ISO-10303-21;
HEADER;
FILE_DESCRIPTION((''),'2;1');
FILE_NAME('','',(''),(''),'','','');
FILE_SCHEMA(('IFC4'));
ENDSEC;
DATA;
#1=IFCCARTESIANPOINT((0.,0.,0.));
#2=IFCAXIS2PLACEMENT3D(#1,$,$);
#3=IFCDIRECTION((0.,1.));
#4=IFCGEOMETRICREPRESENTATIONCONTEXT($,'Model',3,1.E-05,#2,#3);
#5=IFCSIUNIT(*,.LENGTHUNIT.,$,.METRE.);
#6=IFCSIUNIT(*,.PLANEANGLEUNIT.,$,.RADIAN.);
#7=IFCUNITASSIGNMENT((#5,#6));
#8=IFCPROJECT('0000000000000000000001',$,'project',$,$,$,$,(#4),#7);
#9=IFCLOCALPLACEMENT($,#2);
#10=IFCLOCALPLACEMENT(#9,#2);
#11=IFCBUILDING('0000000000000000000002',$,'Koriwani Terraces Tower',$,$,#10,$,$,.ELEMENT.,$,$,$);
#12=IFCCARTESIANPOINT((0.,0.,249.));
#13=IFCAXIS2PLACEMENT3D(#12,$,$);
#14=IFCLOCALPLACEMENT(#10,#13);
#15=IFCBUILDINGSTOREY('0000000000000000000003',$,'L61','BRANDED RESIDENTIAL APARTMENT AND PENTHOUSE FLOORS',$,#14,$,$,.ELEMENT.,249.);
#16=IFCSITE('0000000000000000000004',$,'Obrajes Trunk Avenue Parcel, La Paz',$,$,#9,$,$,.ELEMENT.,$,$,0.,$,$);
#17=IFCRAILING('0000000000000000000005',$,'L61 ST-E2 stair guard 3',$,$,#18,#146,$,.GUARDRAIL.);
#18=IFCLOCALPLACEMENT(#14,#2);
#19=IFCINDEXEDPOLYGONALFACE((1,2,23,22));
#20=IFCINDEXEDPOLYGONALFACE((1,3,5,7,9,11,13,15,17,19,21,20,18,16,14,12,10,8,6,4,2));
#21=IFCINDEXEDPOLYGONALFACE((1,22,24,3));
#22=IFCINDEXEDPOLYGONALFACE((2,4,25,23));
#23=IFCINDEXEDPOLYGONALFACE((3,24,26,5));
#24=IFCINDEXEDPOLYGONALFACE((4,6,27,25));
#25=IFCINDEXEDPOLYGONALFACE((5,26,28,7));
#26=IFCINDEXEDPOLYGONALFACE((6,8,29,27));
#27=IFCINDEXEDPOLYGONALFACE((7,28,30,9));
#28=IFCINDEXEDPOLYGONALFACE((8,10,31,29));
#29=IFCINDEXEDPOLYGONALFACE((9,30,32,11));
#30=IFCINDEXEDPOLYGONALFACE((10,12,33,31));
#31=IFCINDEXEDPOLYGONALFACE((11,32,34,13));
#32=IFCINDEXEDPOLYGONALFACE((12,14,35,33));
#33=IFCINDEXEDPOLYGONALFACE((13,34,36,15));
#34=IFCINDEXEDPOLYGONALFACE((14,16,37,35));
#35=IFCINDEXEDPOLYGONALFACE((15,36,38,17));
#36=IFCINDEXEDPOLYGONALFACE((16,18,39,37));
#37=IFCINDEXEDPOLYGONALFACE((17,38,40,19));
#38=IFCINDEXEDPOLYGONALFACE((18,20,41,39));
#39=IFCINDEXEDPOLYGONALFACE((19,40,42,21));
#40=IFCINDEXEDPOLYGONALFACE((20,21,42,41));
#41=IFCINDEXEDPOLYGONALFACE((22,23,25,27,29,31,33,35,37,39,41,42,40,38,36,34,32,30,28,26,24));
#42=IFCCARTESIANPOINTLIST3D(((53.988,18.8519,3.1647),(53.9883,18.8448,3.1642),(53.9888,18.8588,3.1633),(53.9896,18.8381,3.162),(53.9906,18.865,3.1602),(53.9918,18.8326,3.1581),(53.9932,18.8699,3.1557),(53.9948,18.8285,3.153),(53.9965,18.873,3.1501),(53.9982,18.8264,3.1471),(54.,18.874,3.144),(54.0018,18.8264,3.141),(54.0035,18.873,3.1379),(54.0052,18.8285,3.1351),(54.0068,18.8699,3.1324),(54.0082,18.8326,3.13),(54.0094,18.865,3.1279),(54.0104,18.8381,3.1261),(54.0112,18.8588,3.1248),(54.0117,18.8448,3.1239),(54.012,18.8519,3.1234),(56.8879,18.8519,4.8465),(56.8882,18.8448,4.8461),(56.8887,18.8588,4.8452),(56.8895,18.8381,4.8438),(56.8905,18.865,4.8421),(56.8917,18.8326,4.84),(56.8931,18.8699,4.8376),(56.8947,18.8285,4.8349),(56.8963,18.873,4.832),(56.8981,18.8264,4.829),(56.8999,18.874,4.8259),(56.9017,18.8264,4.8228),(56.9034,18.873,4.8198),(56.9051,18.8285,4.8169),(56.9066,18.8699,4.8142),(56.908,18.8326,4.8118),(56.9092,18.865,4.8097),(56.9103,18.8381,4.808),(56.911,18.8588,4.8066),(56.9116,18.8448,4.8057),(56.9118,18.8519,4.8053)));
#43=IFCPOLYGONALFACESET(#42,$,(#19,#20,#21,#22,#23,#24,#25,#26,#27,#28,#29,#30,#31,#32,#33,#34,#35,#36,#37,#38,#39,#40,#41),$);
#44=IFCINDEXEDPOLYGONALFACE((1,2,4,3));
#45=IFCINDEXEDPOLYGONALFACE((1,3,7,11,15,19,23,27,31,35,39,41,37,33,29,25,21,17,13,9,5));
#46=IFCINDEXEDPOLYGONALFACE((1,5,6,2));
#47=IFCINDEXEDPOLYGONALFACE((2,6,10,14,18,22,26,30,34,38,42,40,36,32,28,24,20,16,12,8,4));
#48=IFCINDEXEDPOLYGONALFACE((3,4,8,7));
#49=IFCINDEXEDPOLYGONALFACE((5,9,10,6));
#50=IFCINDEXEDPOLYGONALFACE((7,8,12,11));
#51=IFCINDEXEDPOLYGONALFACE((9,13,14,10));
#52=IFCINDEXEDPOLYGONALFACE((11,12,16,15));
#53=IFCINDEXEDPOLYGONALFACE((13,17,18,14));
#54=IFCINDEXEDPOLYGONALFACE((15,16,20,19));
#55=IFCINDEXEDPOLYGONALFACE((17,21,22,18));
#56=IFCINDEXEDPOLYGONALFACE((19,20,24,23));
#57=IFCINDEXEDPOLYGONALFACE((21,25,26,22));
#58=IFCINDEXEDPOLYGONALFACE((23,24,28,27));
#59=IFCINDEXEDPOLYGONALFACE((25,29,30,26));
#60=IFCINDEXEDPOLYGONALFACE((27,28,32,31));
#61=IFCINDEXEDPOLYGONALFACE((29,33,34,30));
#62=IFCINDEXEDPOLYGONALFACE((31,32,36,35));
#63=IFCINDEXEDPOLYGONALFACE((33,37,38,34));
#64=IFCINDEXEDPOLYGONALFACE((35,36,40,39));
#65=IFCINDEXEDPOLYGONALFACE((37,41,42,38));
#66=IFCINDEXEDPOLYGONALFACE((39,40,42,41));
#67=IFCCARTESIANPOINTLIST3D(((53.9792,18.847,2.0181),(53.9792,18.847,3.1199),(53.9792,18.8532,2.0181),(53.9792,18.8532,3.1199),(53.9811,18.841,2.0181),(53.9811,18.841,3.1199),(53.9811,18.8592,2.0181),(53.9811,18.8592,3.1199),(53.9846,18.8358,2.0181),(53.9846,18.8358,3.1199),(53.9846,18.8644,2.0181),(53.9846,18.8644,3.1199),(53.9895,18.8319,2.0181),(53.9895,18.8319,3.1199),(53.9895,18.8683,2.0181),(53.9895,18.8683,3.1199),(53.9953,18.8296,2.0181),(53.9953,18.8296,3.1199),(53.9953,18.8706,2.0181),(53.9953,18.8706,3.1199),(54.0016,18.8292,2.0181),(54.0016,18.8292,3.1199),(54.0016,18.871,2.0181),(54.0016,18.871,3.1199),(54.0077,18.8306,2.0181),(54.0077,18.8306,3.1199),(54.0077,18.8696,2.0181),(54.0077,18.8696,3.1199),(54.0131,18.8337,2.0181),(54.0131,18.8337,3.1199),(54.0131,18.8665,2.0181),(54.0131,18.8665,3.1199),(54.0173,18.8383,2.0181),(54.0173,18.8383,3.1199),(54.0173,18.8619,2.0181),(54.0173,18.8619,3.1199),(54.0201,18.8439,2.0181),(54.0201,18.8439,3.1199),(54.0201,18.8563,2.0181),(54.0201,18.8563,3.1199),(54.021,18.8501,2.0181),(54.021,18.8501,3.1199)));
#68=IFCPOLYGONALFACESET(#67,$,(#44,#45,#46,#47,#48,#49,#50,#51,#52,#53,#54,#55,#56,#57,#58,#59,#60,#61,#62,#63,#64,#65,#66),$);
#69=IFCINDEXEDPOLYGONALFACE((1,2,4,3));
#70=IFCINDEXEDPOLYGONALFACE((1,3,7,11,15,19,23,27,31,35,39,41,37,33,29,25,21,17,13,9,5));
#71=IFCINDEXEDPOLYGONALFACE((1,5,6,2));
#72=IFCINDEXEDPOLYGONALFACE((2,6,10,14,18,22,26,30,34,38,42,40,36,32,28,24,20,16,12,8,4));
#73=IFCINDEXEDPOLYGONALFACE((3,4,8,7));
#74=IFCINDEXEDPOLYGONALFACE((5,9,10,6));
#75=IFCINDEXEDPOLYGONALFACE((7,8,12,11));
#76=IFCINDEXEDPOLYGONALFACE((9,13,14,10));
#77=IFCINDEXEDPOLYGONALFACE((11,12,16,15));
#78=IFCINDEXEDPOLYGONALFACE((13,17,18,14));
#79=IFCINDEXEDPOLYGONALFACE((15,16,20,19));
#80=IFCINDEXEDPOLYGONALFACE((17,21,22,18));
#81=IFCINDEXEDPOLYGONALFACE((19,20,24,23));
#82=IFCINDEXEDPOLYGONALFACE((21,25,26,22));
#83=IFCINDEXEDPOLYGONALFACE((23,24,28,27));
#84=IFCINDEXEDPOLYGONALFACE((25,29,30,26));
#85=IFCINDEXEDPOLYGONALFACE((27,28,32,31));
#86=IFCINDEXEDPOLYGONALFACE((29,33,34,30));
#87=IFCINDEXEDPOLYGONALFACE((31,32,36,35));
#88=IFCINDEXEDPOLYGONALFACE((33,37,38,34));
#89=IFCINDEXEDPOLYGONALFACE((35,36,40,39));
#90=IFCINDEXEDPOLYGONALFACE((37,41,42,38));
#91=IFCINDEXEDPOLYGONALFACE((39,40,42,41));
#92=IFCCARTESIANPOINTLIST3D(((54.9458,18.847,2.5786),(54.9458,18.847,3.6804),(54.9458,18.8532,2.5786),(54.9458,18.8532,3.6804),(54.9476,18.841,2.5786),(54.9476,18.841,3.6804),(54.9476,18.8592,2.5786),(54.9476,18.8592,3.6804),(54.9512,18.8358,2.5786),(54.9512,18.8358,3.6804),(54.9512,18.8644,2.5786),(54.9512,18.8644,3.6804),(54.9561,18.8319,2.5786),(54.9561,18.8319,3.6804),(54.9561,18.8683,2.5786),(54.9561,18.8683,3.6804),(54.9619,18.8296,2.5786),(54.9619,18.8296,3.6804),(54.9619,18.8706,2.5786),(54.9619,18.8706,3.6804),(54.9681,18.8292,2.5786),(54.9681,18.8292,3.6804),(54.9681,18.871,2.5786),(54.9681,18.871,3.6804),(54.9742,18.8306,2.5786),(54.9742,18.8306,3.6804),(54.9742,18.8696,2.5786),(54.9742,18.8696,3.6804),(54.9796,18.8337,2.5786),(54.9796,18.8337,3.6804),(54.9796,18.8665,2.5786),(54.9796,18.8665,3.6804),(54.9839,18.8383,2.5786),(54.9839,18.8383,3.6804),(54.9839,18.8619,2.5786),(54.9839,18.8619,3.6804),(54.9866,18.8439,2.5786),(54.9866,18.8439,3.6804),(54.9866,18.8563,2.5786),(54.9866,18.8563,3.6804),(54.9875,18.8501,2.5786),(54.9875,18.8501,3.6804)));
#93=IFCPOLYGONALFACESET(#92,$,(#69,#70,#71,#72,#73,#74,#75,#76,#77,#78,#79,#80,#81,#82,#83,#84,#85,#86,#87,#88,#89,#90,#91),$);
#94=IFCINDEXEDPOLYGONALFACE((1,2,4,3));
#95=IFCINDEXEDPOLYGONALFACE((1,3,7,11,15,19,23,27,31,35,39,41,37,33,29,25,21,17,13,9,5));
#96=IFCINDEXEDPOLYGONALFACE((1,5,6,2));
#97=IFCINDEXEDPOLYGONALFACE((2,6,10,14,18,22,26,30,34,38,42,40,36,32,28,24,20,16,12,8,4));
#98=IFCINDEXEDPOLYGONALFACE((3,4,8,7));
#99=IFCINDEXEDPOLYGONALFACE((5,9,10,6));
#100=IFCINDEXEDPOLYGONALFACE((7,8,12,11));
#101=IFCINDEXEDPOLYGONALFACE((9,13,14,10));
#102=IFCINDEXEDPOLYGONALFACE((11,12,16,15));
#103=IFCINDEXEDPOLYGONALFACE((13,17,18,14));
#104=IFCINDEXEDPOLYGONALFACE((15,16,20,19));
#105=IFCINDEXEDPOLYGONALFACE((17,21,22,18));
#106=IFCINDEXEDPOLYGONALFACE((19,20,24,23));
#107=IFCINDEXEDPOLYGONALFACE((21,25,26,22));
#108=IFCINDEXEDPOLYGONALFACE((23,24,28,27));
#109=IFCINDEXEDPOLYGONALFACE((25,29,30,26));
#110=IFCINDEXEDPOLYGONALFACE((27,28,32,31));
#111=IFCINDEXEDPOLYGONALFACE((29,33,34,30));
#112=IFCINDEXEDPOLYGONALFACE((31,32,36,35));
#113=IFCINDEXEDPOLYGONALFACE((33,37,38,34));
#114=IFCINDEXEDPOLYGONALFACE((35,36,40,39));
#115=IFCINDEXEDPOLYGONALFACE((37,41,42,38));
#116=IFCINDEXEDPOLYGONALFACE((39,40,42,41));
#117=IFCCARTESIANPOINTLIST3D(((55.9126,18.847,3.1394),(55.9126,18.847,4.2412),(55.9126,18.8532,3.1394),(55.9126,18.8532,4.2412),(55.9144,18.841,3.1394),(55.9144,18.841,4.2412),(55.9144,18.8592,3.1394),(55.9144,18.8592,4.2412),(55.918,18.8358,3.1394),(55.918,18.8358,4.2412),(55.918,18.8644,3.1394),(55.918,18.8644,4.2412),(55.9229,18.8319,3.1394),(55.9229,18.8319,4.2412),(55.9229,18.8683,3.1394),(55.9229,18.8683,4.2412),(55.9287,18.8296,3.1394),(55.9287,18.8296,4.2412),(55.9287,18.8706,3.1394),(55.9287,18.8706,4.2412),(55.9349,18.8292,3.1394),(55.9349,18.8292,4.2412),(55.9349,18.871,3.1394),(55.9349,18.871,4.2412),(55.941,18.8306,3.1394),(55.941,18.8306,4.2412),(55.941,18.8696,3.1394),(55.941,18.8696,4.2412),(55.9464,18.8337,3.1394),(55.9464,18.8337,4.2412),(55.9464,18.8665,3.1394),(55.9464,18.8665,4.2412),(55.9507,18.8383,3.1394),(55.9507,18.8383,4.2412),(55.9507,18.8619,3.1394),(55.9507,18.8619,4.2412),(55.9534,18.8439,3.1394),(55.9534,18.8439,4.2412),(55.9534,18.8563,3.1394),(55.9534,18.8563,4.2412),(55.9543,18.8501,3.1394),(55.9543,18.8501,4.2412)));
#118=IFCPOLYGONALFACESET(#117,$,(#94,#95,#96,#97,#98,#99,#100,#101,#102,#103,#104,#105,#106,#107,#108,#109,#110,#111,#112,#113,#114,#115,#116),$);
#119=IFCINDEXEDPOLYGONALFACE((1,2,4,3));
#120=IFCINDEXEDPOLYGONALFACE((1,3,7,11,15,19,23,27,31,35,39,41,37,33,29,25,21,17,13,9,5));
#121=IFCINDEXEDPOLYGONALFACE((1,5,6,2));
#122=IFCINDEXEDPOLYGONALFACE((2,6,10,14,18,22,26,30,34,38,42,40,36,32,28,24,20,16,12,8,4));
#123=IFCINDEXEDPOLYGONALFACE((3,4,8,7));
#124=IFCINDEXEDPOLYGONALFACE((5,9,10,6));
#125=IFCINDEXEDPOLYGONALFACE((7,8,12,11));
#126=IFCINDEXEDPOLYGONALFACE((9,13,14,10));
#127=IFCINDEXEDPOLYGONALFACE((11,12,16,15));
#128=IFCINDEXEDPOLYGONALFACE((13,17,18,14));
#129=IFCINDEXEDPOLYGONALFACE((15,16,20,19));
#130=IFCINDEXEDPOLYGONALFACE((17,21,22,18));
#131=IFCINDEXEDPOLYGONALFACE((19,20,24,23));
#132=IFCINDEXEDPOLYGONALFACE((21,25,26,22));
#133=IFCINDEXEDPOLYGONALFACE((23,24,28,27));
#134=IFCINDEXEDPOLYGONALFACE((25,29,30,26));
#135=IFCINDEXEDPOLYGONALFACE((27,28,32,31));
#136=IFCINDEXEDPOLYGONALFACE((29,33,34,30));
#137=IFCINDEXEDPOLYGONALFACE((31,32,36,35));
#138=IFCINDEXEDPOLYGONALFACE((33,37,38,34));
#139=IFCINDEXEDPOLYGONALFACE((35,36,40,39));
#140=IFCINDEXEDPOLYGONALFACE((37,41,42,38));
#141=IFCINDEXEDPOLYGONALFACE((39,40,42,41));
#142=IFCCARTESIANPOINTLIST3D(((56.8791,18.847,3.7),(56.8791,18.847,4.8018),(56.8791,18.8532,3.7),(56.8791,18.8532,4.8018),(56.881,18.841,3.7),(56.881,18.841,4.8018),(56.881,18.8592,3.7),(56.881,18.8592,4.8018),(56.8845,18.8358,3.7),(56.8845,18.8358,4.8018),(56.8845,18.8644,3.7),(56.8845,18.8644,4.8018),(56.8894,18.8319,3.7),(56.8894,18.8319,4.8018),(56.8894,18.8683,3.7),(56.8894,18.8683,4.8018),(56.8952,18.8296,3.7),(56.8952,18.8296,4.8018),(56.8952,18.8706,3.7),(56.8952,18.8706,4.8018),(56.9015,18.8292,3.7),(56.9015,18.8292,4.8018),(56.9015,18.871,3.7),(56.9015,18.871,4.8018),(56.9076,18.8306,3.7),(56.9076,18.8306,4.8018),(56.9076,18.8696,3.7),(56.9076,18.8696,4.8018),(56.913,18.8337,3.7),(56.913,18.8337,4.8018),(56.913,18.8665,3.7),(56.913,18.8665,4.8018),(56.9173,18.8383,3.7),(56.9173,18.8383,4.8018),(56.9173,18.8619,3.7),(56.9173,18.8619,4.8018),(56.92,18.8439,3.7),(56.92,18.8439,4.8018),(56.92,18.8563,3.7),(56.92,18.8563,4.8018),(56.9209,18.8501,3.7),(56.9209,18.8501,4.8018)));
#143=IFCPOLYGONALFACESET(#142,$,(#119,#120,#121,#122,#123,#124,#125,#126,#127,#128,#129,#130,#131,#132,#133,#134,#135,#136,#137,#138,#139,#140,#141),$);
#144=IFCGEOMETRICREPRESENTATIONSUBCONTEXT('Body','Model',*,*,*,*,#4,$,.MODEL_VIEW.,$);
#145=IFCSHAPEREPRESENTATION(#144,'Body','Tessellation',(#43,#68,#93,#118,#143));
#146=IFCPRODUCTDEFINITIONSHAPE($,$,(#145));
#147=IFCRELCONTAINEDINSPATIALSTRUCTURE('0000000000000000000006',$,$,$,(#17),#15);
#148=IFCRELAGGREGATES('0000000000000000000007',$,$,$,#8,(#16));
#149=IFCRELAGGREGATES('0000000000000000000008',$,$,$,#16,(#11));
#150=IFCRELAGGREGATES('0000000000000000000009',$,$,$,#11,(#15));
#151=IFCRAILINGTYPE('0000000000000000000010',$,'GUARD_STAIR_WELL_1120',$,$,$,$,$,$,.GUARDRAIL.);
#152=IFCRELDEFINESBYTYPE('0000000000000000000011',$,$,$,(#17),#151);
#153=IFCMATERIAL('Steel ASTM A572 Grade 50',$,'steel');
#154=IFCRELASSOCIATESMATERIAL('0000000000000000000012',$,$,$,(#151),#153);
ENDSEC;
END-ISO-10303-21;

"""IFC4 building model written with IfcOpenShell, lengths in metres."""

from ifc_helpers import new_model, si_unit, direction, frame, origin, origin_2d, place, context, subcontext, project, spatial, circle, extrude, material, type_object, element, save


model = new_model("IFC4")

# Units and contexts
model_context = context("Model", 3, precision=1e-05, world=origin(), true_north=direction((0.0, 1.0)))
body_context = subcontext(model_context, "Body", "Model", "MODEL_VIEW")
ifc_project = project(units=[si_unit("LENGTHUNIT", "METRE"), si_unit("PLANEANGLEUNIT", "RADIAN")], contexts=[model_context])

# Site, building, storey
site_placement = place(None, origin())
site = spatial("IfcSite", under=ifc_project, at=site_placement, Name="Obrajes Trunk Avenue Parcel, La Paz", CompositionType="ELEMENT", RefElevation=0.0)
building_placement = place(site_placement, origin())
building = spatial("IfcBuilding", under=site, at=building_placement, Name="Koriwani Terraces Tower", CompositionType="ELEMENT")
storey_placement = place(building_placement, frame((0.0, 0.0, 249.0)))
storey = spatial("IfcBuildingStorey", under=building, at=storey_placement, Name="L61", Description="BRANDED RESIDENTIAL APARTMENT AND PENTHOUSE FLOORS", CompositionType="ELEMENT", Elevation=249.0)

# Shared definitions
ifc_material_1 = material(Name="Steel ASTM A572 Grade 50", Category="steel")

# Railing
railing_type_1 = type_object("IfcRailingType", Name="GUARD_STAIR_WELL_1120", PredefinedType="GUARDRAIL", material=ifc_material_1)
railing_1_placement = place(storey_placement, frame((54.0, 18.8501, 2.0181)))
element("IfcRailing", 1, at=railing_1_placement, inside=storey, type_object=railing_type_1, Name="L61 ST-E2 stair guard 3", PredefinedType="GUARDRAIL", context=body_context, shape_type="SweptSolid", body=[
    extrude(circle(Radius=0.0239, at=origin_2d()), frame((0.0, 0.0, 1.126), z_axis=(0.865039, 0.0, 0.501705), x_axis=(0.0, 1.0, 0.0)), (0.0, 0.0, 1.0), 3.3523),
    extrude(circle(Radius=0.021, at=origin_2d()), origin(), (0.0, 0.0, 1.0), 1.1018),
    extrude(circle(Radius=0.021, at=origin_2d()), frame((0.9666, 0.0, 0.5605)), (0.0, 0.0, 1.0), 1.1018),
    extrude(circle(Radius=0.021, at=origin_2d()), frame((1.9333, 0.0, 1.1213)), (0.0, 0.0, 1.0), 1.1018),
    extrude(circle(Radius=0.021, at=origin_2d()), frame((2.8999, 0.0, 1.6819)), (0.0, 0.0, 1.0), 1.1018),
])

save(model, "model.ifc")
